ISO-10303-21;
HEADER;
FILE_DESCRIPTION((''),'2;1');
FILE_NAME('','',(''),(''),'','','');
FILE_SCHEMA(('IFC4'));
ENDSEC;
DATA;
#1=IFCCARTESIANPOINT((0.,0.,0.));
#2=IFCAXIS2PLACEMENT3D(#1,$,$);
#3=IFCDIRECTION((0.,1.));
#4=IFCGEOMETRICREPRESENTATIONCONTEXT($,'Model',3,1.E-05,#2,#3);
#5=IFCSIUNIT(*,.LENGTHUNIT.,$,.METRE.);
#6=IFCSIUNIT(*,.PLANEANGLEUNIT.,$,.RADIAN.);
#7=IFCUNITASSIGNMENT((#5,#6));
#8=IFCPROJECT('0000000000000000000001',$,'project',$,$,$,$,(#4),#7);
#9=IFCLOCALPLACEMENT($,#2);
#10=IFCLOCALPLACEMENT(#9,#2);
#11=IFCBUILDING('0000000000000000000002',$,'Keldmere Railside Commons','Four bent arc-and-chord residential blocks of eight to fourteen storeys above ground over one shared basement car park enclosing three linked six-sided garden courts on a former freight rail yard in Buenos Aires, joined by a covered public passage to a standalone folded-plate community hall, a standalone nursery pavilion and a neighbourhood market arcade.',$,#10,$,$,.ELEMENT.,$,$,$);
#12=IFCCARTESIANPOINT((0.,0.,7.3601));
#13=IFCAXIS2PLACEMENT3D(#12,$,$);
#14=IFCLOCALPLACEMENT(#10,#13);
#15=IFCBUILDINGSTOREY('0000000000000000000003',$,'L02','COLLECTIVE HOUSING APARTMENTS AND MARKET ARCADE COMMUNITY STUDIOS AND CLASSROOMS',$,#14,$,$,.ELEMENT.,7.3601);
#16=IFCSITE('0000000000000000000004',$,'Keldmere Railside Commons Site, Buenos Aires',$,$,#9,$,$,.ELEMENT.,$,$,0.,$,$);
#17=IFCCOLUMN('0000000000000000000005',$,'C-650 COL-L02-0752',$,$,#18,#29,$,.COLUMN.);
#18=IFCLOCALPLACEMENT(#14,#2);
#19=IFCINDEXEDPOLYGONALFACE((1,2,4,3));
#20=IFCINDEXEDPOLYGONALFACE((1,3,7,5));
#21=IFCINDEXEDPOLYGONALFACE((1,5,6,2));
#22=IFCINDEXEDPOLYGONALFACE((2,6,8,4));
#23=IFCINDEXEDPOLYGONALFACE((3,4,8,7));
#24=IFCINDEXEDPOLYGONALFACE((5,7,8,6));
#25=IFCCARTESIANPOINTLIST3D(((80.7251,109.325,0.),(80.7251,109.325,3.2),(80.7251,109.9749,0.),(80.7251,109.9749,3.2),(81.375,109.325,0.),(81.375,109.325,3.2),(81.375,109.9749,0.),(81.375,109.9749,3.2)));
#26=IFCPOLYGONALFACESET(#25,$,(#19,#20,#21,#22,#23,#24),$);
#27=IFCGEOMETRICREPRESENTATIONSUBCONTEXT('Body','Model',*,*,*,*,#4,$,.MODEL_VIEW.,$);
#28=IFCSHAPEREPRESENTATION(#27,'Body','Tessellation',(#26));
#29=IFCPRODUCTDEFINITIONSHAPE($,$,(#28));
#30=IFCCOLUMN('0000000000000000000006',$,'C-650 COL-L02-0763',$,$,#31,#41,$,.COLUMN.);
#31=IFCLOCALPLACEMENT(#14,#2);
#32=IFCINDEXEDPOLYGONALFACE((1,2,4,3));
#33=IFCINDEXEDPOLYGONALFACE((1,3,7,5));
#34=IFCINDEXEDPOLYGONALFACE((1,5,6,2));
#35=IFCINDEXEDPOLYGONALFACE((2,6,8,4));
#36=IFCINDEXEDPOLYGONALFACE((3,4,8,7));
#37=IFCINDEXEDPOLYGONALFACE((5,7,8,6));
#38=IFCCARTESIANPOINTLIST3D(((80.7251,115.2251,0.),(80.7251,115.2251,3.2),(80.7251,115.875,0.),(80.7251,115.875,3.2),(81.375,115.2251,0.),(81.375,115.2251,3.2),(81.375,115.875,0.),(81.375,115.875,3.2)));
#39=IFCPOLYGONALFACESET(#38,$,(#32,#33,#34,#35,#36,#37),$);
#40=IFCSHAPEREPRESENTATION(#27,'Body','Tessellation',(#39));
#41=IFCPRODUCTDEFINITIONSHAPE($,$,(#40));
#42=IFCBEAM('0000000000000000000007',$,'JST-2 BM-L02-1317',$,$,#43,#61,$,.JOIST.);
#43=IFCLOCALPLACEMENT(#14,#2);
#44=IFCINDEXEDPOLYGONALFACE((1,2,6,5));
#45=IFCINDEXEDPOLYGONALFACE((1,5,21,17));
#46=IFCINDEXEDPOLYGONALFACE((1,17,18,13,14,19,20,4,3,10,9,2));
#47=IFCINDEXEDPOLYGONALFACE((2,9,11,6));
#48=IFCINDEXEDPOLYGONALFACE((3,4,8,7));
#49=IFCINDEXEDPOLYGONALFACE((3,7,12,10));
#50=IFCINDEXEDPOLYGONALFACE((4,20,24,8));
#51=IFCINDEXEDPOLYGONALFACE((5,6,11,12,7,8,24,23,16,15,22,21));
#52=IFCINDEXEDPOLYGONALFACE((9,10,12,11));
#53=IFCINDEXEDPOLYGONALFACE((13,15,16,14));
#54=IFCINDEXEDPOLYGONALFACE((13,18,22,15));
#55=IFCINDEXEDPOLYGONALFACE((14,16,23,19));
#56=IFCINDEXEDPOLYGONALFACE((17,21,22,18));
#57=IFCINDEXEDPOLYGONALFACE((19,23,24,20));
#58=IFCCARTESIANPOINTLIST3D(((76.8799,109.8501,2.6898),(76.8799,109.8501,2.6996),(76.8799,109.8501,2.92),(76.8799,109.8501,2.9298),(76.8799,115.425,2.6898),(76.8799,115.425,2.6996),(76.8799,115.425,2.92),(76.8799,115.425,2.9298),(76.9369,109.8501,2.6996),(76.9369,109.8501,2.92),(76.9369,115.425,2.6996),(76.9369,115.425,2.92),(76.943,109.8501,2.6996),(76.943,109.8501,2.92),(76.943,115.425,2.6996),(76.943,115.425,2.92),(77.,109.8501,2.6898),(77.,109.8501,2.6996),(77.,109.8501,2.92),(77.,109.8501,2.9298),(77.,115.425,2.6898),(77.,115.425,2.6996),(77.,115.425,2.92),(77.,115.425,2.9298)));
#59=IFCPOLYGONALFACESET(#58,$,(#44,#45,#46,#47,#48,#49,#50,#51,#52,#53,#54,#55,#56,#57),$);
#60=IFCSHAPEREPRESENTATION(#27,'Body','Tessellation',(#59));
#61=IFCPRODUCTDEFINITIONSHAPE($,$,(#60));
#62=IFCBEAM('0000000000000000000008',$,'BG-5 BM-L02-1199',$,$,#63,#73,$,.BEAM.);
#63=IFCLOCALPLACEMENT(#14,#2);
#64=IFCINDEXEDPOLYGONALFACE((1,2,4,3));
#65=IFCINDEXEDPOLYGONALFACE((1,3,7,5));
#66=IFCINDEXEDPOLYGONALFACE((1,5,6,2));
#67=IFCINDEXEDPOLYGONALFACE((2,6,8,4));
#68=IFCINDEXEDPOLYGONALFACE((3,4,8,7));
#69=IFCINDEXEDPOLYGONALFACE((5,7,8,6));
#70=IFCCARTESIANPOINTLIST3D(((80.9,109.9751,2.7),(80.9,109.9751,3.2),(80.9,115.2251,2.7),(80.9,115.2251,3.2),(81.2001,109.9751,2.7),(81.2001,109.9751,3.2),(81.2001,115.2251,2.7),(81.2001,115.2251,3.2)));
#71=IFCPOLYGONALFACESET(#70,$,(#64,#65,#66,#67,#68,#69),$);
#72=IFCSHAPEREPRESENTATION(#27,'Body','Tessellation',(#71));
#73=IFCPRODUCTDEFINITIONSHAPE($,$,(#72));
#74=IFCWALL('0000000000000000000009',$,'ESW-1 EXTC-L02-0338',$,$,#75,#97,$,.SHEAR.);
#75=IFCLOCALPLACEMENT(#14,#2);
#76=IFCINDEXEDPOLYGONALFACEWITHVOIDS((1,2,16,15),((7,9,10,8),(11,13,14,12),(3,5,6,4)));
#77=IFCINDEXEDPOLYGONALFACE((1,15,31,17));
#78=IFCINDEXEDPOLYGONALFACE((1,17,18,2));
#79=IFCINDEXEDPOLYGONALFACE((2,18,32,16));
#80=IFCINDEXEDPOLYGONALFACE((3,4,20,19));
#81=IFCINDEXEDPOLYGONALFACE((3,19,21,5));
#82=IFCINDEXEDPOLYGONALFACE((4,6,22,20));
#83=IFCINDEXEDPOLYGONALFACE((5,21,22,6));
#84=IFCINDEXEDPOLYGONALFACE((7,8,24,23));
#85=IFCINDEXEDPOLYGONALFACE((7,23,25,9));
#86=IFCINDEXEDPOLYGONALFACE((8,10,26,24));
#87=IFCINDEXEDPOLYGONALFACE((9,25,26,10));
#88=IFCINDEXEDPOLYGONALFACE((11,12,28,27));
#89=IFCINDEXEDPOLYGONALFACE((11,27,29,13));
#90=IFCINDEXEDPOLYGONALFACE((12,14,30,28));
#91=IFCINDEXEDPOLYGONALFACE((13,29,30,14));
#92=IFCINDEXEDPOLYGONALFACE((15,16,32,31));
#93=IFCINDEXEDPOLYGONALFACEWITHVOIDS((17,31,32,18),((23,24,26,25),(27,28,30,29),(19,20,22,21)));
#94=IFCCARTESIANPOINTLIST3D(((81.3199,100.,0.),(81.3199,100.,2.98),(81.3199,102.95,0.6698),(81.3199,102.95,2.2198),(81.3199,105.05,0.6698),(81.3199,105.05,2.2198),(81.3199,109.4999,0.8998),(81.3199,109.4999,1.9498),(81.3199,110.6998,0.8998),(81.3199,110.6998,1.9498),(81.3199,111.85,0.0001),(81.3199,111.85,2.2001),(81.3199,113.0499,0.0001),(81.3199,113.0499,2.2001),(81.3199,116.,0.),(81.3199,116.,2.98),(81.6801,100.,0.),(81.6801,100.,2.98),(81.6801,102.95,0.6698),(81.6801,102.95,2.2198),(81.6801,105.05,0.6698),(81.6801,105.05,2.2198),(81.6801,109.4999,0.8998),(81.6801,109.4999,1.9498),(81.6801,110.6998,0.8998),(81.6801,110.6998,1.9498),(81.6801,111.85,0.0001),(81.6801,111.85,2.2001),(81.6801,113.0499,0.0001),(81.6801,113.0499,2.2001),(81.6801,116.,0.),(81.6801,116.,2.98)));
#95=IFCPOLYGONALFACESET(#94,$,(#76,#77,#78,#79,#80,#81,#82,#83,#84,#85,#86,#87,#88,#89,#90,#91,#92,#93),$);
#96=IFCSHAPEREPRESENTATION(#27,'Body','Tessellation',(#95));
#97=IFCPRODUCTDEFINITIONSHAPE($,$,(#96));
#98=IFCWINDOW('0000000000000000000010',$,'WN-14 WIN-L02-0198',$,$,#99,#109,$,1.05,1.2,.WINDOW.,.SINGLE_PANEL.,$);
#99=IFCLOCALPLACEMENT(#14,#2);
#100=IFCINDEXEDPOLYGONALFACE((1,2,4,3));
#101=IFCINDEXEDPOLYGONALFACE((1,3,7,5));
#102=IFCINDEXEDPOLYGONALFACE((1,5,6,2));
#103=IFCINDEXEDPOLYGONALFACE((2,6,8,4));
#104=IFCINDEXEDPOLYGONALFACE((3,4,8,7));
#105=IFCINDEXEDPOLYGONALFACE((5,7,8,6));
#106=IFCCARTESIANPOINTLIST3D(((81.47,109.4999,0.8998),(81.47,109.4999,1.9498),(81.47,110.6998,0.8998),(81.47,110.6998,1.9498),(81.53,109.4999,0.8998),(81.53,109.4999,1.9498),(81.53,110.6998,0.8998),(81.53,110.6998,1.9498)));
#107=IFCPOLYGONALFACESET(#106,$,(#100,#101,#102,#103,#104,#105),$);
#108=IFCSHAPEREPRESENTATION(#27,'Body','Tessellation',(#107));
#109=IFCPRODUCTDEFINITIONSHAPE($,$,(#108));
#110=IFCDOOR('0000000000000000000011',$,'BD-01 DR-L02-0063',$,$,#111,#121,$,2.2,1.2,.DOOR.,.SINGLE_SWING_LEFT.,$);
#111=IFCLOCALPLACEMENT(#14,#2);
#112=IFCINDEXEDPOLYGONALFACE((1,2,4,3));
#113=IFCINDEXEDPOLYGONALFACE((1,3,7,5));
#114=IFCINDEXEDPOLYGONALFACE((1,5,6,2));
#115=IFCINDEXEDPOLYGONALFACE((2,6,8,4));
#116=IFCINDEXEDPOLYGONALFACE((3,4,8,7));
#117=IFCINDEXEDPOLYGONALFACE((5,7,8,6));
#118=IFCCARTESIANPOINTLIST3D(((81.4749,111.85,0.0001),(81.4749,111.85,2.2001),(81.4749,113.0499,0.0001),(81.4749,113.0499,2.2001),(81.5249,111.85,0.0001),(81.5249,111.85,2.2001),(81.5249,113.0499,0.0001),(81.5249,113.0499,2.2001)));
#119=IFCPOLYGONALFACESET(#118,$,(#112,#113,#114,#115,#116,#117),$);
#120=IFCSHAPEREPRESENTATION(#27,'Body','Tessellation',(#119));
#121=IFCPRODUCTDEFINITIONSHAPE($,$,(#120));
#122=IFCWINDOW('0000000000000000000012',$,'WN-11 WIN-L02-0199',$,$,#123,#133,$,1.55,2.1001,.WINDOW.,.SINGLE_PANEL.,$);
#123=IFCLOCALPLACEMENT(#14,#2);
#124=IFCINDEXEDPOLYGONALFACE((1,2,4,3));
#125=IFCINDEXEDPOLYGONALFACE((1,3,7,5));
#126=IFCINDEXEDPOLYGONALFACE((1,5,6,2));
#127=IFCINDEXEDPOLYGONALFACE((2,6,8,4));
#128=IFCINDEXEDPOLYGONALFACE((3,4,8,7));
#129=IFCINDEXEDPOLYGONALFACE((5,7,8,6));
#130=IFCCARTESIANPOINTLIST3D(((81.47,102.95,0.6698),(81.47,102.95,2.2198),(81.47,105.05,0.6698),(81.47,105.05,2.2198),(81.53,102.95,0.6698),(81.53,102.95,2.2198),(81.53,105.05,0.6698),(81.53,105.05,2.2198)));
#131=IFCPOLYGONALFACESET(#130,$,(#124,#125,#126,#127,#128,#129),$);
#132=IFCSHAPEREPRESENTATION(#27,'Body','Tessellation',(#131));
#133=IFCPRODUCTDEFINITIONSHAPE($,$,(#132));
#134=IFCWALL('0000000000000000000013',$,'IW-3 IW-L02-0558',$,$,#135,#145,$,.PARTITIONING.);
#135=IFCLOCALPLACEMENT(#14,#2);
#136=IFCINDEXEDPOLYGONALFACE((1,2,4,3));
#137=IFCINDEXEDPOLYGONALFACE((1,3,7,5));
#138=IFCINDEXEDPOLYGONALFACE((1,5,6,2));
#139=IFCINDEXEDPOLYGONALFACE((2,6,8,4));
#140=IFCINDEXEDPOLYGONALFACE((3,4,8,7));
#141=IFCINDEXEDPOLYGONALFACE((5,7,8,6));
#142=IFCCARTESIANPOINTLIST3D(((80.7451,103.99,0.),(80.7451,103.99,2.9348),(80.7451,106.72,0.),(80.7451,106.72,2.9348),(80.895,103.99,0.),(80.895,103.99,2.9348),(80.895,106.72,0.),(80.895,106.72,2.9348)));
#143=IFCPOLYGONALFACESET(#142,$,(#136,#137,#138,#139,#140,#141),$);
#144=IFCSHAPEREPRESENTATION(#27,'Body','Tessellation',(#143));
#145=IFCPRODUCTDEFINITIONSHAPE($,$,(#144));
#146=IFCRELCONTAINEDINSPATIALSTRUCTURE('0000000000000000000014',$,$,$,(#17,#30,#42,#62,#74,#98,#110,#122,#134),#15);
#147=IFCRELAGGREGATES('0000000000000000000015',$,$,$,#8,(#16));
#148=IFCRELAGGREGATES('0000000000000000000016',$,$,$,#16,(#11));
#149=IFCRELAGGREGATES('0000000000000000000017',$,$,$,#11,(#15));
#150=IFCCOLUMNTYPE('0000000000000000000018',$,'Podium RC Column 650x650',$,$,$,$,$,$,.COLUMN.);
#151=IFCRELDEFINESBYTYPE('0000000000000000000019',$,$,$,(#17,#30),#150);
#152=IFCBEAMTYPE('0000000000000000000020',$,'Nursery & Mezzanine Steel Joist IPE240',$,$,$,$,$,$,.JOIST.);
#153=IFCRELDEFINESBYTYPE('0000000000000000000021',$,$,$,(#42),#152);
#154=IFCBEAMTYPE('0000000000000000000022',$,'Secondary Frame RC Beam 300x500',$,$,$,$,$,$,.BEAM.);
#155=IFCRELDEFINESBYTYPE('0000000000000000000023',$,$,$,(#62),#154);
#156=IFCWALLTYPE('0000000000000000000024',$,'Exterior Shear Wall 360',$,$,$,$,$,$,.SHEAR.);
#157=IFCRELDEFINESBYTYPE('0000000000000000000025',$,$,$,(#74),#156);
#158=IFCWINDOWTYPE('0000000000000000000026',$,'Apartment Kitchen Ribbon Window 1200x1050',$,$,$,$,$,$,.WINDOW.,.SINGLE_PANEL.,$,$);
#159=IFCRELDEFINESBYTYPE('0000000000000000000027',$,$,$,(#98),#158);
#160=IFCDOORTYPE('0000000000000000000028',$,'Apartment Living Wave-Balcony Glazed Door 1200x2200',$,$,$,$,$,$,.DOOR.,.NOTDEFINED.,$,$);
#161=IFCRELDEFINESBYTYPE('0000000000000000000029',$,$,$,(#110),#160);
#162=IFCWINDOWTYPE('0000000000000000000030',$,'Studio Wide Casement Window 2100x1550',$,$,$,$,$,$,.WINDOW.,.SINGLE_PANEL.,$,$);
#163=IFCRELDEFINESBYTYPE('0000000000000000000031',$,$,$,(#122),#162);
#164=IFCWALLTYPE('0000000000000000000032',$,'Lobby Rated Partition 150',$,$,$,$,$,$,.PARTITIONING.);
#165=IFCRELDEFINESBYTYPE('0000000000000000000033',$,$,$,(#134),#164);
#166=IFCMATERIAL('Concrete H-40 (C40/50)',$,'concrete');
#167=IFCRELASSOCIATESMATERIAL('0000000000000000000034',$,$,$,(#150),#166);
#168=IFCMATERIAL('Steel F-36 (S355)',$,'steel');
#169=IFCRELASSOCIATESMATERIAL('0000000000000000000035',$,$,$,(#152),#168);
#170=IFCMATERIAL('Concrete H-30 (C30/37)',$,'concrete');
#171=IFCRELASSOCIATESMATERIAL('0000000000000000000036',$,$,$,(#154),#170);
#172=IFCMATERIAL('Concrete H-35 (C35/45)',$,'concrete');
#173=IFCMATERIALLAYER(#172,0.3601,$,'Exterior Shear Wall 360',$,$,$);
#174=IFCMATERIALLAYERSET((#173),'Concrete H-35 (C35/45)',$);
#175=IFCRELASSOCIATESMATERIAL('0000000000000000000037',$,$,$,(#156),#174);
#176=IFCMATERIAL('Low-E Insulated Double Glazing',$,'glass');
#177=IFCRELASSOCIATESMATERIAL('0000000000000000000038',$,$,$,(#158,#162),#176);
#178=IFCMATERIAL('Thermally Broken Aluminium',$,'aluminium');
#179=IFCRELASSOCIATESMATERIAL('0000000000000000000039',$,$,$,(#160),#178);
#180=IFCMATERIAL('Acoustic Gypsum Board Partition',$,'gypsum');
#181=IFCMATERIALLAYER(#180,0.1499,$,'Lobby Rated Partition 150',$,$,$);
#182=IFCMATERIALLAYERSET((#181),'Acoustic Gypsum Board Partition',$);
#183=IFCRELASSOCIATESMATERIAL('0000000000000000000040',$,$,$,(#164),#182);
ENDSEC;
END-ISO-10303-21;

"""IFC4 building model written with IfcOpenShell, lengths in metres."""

from ifc_helpers import new_model, si_unit, direction, frame, frame_2d, origin, origin_2d, place, context, subcontext, project, spatial, rectangle, i_section, extrude, material, layer, layer_set, material_profile, profile_set, type_object, element, fill, save


model = new_model("IFC4")

# Units and contexts
model_context = context("Model", 3, precision=1e-05, world=origin(), true_north=direction((0.0, 1.0)))
body_context = subcontext(model_context, "Body", "Model", "MODEL_VIEW")
ifc_project = project(units=[si_unit("LENGTHUNIT", "METRE"), si_unit("PLANEANGLEUNIT", "RADIAN")], contexts=[model_context])

# Site, building, storey
site_placement = place(None, origin())
site = spatial("IfcSite", under=ifc_project, at=site_placement, Name="Keldmere Railside Commons Site, Buenos Aires", CompositionType="ELEMENT", RefElevation=0.0)
building_placement = place(site_placement, origin())
building = spatial("IfcBuilding", under=site, at=building_placement, Name="Keldmere Railside Commons", Description="Four bent arc-and-chord residential blocks of eight to fourteen storeys above ground over one shared basement car park enclosing three linked six-sided garden courts on a former freight rail yard in Buenos Aires, joined by a covered public passage to a standalone folded-plate community hall, a standalone nursery pavilion and a neighbourhood market arcade.", CompositionType="ELEMENT")
storey_placement = place(building_placement, frame((0.0, 0.0, 7.3601)))
storey = spatial("IfcBuildingStorey", under=building, at=storey_placement, Name="L02", Description="COLLECTIVE HOUSING APARTMENTS AND MARKET ARCADE COMMUNITY STUDIOS AND CLASSROOMS", CompositionType="ELEMENT", Elevation=7.3601)

# Columns
ifc_material_1 = material(Name="Concrete H-40 (C40/50)", Category="concrete")
ifc_material_profile_1 = material_profile(ifc_material_1, rectangle(XDim=0.6499, YDim=0.6499, at=origin_2d()), Name="RC-650x650")
ifc_profile_set_1 = profile_set([ifc_material_profile_1], Name="Concrete H-40 (C40/50)")
column_type = type_object("IfcColumnType", Name="Podium RC Column 650x650", PredefinedType="COLUMN", material=ifc_profile_set_1)
for number, where, z_axis, x_axis, name in (
    (1, (81.05, 109.6499, 0.0), (0.0, 0.0, 1.0), (1.0, 0.0, 0.0), "C-650 COL-L02-0752"),
    (2, (81.05, 115.55, 0.0), (0.0, 0.0, 1.0), (1.0, 0.0, 0.0), "C-650 COL-L02-0763"),
):
    element("IfcColumn", number, at=place(storey_placement, frame(where, z_axis=z_axis, x_axis=x_axis)), inside=storey, type_object=column_type, Name=name, PredefinedType="COLUMN", context=body_context, shape_type="SweptSolid", body=[
        extrude(rectangle(XDim=0.6499, YDim=0.6499, at=origin_2d()), origin(), (0.0, 0.0, 1.0), 3.2),
    ])

# Beams
ifc_material_2 = material(Name="Steel F-36 (S355)", Category="steel")
ifc_material_profile_2 = material_profile(ifc_material_2, i_section(OverallWidth=0.1201, OverallDepth=0.24, WebThickness=0.0061, FlangeThickness=0.0098, at=origin_2d()), Name="IPE-240")
ifc_profile_set_2 = profile_set([ifc_material_profile_2], Name="Steel F-36 (S355)")
beam_type_1 = type_object("IfcBeamType", Name="Nursery & Mezzanine Steel Joist IPE240", PredefinedType="JOIST", material=ifc_profile_set_2)
beam_1_placement = place(storey_placement, frame((76.9399, 109.8501, 2.8098), z_axis=(0.0, 1.0, 0.0), x_axis=(-1.0, 0.0, 0.0)))
element("IfcBeam", 3, at=beam_1_placement, inside=storey, type_object=beam_type_1, Name="JST-2 BM-L02-1317", PredefinedType="JOIST", context=body_context, shape_type="SweptSolid", body=[
    extrude(i_section(OverallWidth=0.1201, OverallDepth=0.24, WebThickness=0.0061, FlangeThickness=0.0098, at=origin_2d()), origin(), (0.0, 0.0, 1.0), 5.575),
])
ifc_material_3 = material(Name="Concrete H-30 (C30/37)", Category="concrete")
ifc_material_profile_3 = material_profile(ifc_material_3, rectangle(XDim=0.3, YDim=0.5, at=origin_2d()), Name="RC-300x500")
ifc_profile_set_3 = profile_set([ifc_material_profile_3], Name="Concrete H-30 (C30/37)")
beam_type_2 = type_object("IfcBeamType", Name="Secondary Frame RC Beam 300x500", PredefinedType="BEAM", material=ifc_profile_set_3)
beam_2_placement = place(storey_placement, frame((81.05, 109.9751, 2.95), z_axis=(0.0, 1.0, 0.0), x_axis=(-1.0, 0.0, 0.0)))
element("IfcBeam", 4, at=beam_2_placement, inside=storey, type_object=beam_type_2, Name="BG-5 BM-L02-1199", PredefinedType="BEAM", context=body_context, shape_type="SweptSolid", body=[
    extrude(rectangle(XDim=0.3, YDim=0.5, at=origin_2d()), origin(), (0.0, 0.0, 1.0), 5.25),
])

# Wall, openings, windows, door
ifc_material_4 = material(Name="Concrete H-35 (C35/45)", Category="concrete")
ifc_layer_1 = layer(ifc_material_4, 0.3601, Name="Exterior Shear Wall 360")
ifc_layer_set_1 = layer_set([ifc_layer_1], Name="Concrete H-35 (C35/45)")
wall_type_1 = type_object("IfcWallType", Name="Exterior Shear Wall 360", PredefinedType="SHEAR", material=ifc_layer_set_1)
wall_1_placement = place(storey_placement, frame((81.5, 116.0, 0.0), z_axis=(0.0, 0.0, 1.0), x_axis=(0.0, -1.0, 0.0)))
wall_1 = element("IfcWall", 5, at=wall_1_placement, inside=storey, type_object=wall_type_1, Name="ESW-1 EXTC-L02-0338", PredefinedType="SHEAR", context=body_context, shape_type="SweptSolid", body=[
    extrude(rectangle(XDim=16.0, YDim=0.3601, at=frame_2d((8.0, 0.0))), origin(), (0.0, 0.0, 1.0), 2.98),
])
opening_1_placement = place(wall_1_placement, frame((2.95, 0.0, 0.0)))
opening_1 = element("IfcOpeningElement", 6, at=opening_1_placement, cuts=wall_1, PredefinedType="OPENING", context=body_context, shape_type="SweptSolid", body=[
    extrude(rectangle(XDim=1.2, YDim=2.2, at=frame_2d((0.6001, 1.1001))), frame((0.0, 0.1899, 0.0), z_axis=(0.0, -1.0, 0.0), x_axis=(1.0, 0.0, 0.0)), (0.0, 0.0, 1.0), 0.3801),
])
opening_2_placement = place(wall_1_placement, frame((5.3, 0.0, 0.8999)))
opening_2 = element("IfcOpeningElement", 7, at=opening_2_placement, cuts=wall_1, PredefinedType="OPENING", context=body_context, shape_type="SweptSolid", body=[
    extrude(rectangle(XDim=1.2, YDim=1.05, at=frame_2d((0.6001, 0.5249))), frame((0.0, 0.1899, 0.0), z_axis=(0.0, -1.0, 0.0), x_axis=(1.0, 0.0, 0.0)), (0.0, 0.0, 1.0), 0.3801),
])
opening_3_placement = place(wall_1_placement, frame((10.95, 0.0, 0.6699)))
opening_3 = element("IfcOpeningElement", 8, at=opening_3_placement, cuts=wall_1, PredefinedType="OPENING", context=body_context, shape_type="SweptSolid", body=[
    extrude(rectangle(XDim=2.1001, YDim=1.55, at=frame_2d((1.05, 0.7749))), frame((0.0, 0.1899, 0.0), z_axis=(0.0, -1.0, 0.0), x_axis=(1.0, 0.0, 0.0)), (0.0, 0.0, 1.0), 0.3801),
])
ifc_material_5 = material(Name="Low-E Insulated Double Glazing", Category="glass")
window_type_1 = type_object("IfcWindowType", Name="Apartment Kitchen Ribbon Window 1200x1050", PartitioningType="SINGLE_PANEL", PredefinedType="WINDOW", material=ifc_material_5)
window_1_placement = place(opening_2_placement, origin())
window_1 = element("IfcWindow", 9, at=window_1_placement, inside=storey, type_object=window_type_1, Name="WN-14 WIN-L02-0198", OverallHeight=1.05, OverallWidth=1.2, PartitioningType="SINGLE_PANEL", PredefinedType="WINDOW", context=body_context, shape_type="SweptSolid", body=[
    extrude(rectangle(XDim=1.2, YDim=1.05, at=frame_2d((0.6001, 0.5249))), frame((0.0, 0.03, 0.0), z_axis=(0.0, -1.0, 0.0), x_axis=(1.0, 0.0, 0.0)), (0.0, 0.0, 1.0), 0.0601),
])
fill(opening_2, window_1)
ifc_material_6 = material(Name="Thermally Broken Aluminium", Category="aluminium")
door_type_1 = type_object("IfcDoorType", Name="Apartment Living Wave-Balcony Glazed Door 1200x2200", OperationType="NOTDEFINED", PredefinedType="DOOR", material=ifc_material_6)
door_1_placement = place(opening_1_placement, origin())
door_1 = element("IfcDoor", 10, at=door_1_placement, inside=storey, type_object=door_type_1, Name="BD-01 DR-L02-0063", OperationType="SINGLE_SWING_LEFT", OverallHeight=2.2, OverallWidth=1.2, PredefinedType="DOOR", context=body_context, shape_type="SweptSolid", body=[
    extrude(rectangle(XDim=1.2, YDim=2.2, at=frame_2d((0.6001, 1.1001))), frame((0.0, 0.0249, 0.0), z_axis=(0.0, -1.0, 0.0), x_axis=(1.0, 0.0, 0.0)), (0.0, 0.0, 1.0), 0.05),
])
fill(opening_1, door_1)
window_type_2 = type_object("IfcWindowType", Name="Studio Wide Casement Window 2100x1550", PartitioningType="SINGLE_PANEL", PredefinedType="WINDOW", material=ifc_material_5)
window_2_placement = place(opening_3_placement, origin())
window_2 = element("IfcWindow", 11, at=window_2_placement, inside=storey, type_object=window_type_2, Name="WN-11 WIN-L02-0199", OverallHeight=1.55, OverallWidth=2.1001, PartitioningType="SINGLE_PANEL", PredefinedType="WINDOW", context=body_context, shape_type="SweptSolid", body=[
    extrude(rectangle(XDim=2.1001, YDim=1.55, at=frame_2d((1.05, 0.7749))), frame((0.0, 0.03, 0.0), z_axis=(0.0, -1.0, 0.0), x_axis=(1.0, 0.0, 0.0)), (0.0, 0.0, 1.0), 0.0601),
])
fill(opening_3, window_2)

# Wall
ifc_material_7 = material(Name="Acoustic Gypsum Board Partition", Category="gypsum")
ifc_layer_2 = layer(ifc_material_7, 0.1499, Name="Lobby Rated Partition 150")
ifc_layer_set_2 = layer_set([ifc_layer_2], Name="Acoustic Gypsum Board Partition")
wall_type_2 = type_object("IfcWallType", Name="Lobby Rated Partition 150", PredefinedType="PARTITIONING", material=ifc_layer_set_2)
wall_2_placement = place(storey_placement, frame((80.8201, 103.99, 0.0), z_axis=(0.0, 0.0, 1.0), x_axis=(0.0, 1.0, 0.0)))
element("IfcWall", 12, at=wall_2_placement, inside=storey, type_object=wall_type_2, Name="IW-3 IW-L02-0558", PredefinedType="PARTITIONING", context=body_context, shape_type="SweptSolid", body=[
    extrude(rectangle(XDim=2.73, YDim=0.1499, at=frame_2d((1.365, 0.0))), origin(), (0.0, 0.0, 1.0), 2.9348),
])

save(model, "model.ifc")
